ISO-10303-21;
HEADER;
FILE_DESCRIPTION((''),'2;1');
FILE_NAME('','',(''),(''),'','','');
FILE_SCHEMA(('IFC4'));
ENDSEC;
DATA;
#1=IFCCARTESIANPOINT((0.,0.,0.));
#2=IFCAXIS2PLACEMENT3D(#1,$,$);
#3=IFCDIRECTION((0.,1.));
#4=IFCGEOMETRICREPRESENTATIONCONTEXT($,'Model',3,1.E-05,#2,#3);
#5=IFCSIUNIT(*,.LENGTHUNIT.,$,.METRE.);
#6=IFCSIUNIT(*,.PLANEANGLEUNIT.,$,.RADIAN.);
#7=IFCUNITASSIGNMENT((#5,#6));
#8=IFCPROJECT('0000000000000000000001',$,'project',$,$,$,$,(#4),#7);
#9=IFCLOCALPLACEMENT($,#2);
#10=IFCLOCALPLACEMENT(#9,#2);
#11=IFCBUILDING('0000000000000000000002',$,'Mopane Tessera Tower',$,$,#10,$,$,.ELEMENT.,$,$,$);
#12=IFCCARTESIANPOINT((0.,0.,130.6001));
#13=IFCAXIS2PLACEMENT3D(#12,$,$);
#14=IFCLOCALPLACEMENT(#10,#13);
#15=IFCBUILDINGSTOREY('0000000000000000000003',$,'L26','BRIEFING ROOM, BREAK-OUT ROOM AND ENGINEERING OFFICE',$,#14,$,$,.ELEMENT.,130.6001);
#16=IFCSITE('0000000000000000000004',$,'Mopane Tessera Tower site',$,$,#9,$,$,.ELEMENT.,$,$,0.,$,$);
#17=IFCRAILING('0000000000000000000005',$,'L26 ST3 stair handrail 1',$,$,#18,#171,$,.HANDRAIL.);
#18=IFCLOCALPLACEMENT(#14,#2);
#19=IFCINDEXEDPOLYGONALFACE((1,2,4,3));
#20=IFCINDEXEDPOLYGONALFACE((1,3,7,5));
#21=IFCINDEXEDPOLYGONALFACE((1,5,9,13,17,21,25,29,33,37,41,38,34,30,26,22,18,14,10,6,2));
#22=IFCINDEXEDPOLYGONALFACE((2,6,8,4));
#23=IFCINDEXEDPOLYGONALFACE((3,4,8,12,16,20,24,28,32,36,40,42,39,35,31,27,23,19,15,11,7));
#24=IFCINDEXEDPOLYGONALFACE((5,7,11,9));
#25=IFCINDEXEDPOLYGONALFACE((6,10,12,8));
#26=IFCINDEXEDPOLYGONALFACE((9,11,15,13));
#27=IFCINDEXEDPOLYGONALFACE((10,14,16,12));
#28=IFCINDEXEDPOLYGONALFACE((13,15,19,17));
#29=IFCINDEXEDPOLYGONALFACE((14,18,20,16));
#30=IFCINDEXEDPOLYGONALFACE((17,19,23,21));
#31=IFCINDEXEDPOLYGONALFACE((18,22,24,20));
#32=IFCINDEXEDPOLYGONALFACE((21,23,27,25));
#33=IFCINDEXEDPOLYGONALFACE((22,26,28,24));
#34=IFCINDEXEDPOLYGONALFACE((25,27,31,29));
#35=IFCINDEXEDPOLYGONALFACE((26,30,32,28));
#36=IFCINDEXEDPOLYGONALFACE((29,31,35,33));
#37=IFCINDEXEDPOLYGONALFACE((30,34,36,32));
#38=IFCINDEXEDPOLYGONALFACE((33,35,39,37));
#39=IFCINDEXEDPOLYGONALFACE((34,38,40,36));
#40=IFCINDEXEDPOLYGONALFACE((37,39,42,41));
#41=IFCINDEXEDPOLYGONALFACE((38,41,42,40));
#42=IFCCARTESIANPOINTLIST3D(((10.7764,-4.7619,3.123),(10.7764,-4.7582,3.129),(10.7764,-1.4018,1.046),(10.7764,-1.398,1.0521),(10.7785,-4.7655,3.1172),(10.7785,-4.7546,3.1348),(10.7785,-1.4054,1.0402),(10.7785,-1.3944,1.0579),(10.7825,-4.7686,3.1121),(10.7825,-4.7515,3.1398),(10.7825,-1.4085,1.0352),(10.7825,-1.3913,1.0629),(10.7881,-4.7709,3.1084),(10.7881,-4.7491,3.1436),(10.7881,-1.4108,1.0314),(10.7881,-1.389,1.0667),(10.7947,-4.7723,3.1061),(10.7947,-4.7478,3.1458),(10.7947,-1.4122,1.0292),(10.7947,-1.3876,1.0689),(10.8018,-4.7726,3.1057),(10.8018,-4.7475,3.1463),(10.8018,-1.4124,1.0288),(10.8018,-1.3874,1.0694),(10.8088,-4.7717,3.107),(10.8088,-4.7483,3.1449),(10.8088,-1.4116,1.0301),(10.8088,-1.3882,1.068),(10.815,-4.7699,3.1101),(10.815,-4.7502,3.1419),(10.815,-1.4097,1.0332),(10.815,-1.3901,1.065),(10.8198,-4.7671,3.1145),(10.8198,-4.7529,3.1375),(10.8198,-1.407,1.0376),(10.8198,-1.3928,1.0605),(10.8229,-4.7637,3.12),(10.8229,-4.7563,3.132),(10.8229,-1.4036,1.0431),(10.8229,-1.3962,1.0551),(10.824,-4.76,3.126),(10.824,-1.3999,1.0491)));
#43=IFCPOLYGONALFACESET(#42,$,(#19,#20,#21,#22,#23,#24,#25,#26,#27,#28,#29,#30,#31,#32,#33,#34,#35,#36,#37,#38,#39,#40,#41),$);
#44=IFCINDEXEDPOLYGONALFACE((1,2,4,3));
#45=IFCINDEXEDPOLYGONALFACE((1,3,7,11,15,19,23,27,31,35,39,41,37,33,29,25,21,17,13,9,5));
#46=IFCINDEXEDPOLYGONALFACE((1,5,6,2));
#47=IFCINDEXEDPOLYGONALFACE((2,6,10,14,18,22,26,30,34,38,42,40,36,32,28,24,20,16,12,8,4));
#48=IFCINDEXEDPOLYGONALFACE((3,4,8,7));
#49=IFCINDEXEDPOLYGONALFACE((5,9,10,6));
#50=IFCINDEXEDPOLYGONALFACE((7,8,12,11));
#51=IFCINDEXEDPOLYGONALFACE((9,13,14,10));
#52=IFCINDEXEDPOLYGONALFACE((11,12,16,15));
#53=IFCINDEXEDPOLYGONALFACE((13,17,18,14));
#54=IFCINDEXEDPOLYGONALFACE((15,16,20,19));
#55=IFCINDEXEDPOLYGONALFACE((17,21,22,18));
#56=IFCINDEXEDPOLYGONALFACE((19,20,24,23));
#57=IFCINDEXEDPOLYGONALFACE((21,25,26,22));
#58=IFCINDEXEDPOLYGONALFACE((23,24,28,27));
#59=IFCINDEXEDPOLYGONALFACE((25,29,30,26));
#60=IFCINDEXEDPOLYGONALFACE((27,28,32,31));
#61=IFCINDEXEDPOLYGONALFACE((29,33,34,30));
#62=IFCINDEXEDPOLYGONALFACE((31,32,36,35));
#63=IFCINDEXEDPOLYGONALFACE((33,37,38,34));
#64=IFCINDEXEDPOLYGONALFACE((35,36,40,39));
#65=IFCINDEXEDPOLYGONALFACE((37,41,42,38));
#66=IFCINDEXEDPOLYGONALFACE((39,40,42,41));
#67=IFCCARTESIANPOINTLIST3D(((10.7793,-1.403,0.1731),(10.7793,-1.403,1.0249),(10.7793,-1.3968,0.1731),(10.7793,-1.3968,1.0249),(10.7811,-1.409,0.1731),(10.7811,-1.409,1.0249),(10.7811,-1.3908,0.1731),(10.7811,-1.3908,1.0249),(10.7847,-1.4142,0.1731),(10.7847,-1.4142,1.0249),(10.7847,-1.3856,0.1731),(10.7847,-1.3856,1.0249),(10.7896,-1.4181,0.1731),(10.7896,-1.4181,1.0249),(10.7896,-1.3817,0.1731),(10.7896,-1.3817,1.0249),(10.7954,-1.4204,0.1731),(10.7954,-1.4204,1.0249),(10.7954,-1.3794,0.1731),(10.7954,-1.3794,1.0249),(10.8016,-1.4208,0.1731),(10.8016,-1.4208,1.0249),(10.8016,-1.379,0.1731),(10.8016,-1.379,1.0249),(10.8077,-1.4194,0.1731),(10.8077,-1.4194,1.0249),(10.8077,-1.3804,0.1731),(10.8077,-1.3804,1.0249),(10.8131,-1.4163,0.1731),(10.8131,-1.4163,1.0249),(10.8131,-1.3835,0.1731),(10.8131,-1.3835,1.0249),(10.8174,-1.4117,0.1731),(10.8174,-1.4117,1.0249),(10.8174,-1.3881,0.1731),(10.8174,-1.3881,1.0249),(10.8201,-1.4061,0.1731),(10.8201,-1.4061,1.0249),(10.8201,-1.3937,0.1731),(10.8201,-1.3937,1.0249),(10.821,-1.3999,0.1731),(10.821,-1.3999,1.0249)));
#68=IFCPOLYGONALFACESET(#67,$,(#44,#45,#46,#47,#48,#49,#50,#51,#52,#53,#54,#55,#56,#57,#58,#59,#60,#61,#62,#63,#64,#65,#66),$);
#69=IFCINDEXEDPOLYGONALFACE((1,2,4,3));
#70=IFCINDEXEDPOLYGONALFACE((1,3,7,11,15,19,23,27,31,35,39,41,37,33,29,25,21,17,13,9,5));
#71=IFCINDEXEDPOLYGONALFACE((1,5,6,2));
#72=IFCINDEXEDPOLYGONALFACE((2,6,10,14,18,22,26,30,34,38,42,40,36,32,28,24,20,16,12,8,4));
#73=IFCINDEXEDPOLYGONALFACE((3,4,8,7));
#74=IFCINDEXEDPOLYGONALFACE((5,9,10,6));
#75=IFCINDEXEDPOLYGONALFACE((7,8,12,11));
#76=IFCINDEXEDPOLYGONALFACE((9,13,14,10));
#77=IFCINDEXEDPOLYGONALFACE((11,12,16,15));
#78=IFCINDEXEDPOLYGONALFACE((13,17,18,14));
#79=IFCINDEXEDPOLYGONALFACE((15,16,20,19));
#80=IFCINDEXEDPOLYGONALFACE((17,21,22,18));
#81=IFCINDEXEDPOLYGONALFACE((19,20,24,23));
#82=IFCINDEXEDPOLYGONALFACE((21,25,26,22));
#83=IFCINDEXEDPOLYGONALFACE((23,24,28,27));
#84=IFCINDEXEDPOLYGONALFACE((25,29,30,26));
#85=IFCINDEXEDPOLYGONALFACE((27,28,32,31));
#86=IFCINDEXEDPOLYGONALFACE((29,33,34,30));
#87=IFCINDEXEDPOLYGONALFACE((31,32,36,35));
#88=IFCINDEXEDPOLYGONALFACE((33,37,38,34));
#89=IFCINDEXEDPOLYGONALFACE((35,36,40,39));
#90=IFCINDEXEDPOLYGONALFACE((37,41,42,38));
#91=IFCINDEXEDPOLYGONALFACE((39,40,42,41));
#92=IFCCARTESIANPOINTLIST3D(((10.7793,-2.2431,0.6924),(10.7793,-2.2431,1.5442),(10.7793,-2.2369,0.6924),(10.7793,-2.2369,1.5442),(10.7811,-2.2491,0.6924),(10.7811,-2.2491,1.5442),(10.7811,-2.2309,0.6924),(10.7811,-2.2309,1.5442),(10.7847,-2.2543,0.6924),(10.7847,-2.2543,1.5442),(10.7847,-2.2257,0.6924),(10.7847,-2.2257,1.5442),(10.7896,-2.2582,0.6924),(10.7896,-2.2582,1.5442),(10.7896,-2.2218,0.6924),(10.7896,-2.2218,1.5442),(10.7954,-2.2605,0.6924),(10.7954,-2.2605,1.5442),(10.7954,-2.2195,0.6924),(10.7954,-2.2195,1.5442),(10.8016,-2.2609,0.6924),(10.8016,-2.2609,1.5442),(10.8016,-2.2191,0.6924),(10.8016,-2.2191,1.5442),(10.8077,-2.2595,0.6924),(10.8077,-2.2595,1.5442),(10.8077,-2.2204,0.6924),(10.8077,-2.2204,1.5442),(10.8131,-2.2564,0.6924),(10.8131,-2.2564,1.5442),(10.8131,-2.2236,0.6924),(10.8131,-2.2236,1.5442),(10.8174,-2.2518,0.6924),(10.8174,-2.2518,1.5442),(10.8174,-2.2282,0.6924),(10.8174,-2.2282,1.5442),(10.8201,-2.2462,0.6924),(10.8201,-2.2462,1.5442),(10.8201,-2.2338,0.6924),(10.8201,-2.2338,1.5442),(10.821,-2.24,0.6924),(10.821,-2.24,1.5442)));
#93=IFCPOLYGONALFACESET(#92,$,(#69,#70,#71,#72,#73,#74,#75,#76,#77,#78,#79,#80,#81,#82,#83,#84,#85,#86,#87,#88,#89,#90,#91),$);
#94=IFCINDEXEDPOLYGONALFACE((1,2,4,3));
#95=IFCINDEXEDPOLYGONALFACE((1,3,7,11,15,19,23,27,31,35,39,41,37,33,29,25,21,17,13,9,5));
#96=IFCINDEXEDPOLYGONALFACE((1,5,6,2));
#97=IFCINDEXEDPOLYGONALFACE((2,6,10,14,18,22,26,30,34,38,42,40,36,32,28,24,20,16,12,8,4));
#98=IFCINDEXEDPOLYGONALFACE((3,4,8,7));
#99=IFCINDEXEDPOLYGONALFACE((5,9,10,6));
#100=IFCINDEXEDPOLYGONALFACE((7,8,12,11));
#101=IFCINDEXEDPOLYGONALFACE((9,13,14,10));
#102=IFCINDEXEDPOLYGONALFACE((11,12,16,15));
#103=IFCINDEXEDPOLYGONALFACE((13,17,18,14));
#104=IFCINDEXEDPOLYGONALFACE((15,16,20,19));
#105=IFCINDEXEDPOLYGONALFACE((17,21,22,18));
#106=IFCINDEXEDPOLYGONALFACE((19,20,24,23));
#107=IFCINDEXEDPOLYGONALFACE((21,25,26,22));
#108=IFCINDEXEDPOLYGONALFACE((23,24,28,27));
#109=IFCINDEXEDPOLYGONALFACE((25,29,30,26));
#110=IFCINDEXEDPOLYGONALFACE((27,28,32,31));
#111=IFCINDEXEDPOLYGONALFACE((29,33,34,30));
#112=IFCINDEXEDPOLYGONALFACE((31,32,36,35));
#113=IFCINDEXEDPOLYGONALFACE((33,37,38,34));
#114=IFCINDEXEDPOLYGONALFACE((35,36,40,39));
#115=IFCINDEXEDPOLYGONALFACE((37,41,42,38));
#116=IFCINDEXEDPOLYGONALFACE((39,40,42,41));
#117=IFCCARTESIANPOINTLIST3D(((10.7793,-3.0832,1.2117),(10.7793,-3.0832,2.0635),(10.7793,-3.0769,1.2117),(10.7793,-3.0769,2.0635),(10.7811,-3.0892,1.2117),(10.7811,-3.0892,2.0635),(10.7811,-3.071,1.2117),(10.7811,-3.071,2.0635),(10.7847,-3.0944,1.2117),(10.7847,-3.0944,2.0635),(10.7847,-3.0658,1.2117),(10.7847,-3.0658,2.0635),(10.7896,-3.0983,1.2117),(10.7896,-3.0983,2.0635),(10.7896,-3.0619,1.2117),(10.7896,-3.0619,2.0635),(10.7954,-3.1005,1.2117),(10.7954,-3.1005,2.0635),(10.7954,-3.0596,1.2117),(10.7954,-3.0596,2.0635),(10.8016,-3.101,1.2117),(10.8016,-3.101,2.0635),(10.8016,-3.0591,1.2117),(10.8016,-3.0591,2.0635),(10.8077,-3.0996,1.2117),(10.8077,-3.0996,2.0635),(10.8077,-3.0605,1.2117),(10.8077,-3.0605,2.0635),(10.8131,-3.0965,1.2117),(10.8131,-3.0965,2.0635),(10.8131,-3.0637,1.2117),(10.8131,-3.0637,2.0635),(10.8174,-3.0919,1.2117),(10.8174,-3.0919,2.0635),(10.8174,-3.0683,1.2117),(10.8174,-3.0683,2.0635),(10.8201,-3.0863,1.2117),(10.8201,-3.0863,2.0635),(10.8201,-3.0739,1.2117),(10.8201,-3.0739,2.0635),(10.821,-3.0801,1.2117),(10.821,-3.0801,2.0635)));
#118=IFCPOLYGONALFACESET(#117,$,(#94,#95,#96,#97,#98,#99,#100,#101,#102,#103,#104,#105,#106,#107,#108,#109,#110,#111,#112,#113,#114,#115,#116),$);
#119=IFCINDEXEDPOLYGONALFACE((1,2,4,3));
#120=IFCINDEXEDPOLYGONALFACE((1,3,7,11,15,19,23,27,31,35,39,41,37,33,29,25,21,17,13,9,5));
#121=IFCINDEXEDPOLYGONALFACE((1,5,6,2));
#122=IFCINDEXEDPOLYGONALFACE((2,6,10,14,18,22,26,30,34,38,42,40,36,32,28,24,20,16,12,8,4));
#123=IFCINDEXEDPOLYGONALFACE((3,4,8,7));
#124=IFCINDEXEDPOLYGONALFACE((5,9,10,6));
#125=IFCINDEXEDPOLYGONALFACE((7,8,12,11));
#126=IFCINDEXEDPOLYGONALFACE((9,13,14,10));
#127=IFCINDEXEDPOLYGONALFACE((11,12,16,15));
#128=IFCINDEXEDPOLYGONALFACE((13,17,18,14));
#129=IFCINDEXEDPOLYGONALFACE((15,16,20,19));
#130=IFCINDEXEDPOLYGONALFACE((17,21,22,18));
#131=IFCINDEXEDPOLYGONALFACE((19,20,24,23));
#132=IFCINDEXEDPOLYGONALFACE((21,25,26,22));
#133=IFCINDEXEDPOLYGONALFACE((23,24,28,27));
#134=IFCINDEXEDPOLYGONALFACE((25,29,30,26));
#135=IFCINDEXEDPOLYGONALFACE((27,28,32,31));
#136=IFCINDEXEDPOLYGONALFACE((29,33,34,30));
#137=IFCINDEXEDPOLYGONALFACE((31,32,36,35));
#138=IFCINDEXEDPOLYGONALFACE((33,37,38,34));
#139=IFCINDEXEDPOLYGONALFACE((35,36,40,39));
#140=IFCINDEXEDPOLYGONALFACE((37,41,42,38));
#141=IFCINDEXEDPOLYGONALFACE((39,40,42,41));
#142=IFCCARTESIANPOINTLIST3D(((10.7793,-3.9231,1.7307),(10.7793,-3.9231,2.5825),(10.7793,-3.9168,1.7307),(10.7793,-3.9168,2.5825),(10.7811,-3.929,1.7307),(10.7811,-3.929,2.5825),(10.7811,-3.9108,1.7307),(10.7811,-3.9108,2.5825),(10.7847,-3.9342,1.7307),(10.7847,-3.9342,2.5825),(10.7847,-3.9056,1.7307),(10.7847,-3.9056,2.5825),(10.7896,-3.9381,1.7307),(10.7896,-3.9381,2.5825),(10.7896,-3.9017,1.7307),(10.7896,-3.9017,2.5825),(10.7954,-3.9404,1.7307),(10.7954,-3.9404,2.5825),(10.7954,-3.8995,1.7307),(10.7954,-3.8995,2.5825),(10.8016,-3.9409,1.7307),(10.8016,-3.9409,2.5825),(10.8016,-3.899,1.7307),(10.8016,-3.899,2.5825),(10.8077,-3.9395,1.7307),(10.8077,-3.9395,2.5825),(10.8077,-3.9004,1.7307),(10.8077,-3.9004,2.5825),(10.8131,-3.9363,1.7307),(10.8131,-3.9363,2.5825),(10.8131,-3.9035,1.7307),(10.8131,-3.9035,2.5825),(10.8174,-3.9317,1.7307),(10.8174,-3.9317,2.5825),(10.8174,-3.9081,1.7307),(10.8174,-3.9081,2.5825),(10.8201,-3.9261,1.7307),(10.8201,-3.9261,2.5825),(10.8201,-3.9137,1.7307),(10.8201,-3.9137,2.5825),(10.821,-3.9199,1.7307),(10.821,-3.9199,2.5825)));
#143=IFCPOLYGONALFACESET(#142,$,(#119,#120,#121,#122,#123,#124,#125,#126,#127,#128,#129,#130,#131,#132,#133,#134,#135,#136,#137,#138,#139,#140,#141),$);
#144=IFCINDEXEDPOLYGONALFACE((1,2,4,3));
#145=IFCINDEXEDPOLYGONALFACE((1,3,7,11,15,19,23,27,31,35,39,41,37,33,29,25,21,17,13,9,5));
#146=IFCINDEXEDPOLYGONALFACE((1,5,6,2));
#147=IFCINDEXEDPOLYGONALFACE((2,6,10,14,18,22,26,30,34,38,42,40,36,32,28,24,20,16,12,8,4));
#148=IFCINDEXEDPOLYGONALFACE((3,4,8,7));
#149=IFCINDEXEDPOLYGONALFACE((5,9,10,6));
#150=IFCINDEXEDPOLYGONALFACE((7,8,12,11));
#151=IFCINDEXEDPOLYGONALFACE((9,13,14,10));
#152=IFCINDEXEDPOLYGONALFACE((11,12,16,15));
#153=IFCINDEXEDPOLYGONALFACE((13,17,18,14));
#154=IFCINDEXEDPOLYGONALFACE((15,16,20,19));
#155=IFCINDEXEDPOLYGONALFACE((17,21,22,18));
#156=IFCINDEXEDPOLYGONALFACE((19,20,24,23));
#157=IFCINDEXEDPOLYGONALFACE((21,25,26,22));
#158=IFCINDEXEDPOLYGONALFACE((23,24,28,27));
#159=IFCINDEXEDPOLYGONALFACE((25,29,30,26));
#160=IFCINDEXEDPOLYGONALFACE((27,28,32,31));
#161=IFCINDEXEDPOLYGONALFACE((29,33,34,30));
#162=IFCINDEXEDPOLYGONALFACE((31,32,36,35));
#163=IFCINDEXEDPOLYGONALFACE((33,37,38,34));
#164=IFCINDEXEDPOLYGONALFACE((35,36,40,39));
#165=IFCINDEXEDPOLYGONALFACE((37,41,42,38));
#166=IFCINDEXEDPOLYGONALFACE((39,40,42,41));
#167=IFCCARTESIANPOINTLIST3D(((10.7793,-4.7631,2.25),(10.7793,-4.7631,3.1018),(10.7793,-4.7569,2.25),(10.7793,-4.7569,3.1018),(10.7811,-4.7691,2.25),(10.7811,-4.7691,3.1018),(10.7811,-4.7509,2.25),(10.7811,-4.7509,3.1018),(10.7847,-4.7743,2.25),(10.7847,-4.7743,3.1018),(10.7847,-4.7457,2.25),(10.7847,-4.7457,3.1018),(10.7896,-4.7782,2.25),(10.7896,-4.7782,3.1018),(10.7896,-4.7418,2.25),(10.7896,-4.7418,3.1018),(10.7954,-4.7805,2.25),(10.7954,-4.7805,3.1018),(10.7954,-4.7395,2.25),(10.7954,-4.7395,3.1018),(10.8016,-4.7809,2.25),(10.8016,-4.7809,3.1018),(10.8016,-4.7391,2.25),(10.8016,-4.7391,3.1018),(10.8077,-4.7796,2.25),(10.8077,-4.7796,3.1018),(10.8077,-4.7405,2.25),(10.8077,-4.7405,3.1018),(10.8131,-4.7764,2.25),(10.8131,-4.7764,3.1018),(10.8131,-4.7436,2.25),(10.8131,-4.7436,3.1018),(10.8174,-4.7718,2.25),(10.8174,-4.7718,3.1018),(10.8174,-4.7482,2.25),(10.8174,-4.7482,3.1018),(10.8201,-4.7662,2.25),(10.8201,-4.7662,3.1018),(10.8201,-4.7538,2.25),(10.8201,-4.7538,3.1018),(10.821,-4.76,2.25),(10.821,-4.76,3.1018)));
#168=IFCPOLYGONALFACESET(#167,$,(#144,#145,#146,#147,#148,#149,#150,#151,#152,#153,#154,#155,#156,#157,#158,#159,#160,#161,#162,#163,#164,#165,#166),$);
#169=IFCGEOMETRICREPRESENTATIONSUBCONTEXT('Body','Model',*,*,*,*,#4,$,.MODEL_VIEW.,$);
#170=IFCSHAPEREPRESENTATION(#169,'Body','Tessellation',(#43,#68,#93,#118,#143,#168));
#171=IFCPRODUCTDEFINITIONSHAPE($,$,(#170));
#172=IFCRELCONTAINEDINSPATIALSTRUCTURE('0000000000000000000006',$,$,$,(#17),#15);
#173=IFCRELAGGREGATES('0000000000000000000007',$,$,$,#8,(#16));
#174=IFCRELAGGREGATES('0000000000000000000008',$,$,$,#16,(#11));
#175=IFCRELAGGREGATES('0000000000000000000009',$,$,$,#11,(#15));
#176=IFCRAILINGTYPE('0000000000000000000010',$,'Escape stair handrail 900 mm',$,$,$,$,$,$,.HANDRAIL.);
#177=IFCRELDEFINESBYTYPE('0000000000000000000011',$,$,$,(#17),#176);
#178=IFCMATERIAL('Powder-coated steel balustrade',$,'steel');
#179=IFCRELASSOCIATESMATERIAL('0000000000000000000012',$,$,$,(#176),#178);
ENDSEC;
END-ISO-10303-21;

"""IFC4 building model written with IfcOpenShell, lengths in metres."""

from ifc_helpers import new_model, si_unit, direction, frame, origin, origin_2d, place, context, subcontext, project, spatial, circle, extrude, material, type_object, element, save


model = new_model("IFC4")

# Units and contexts
model_context = context("Model", 3, precision=1e-05, world=origin(), true_north=direction((0.0, 1.0)))
body_context = subcontext(model_context, "Body", "Model", "MODEL_VIEW")
ifc_project = project(units=[si_unit("LENGTHUNIT", "METRE"), si_unit("PLANEANGLEUNIT", "RADIAN")], contexts=[model_context])

# Site, building, storey
site_placement = place(None, origin())
site = spatial("IfcSite", under=ifc_project, at=site_placement, Name="Mopane Tessera Tower site", CompositionType="ELEMENT", RefElevation=0.0)
building_placement = place(site_placement, origin())
building = spatial("IfcBuilding", under=site, at=building_placement, Name="Mopane Tessera Tower", CompositionType="ELEMENT")
storey_placement = place(building_placement, frame((0.0, 0.0, 130.6001)))
storey = spatial("IfcBuildingStorey", under=building, at=storey_placement, Name="L26", Description="BRIEFING ROOM, BREAK-OUT ROOM AND ENGINEERING OFFICE", CompositionType="ELEMENT", Elevation=130.6001)

# Railing
ifc_material_1 = material(Name="Powder-coated steel balustrade", Category="steel")
railing_type_1 = type_object("IfcRailingType", Name="Escape stair handrail 900 mm", PredefinedType="HANDRAIL", material=ifc_material_1)
railing_1_placement = place(storey_placement, frame((10.8, -1.3999, 0.1731)))
element("IfcRailing", 1, at=railing_1_placement, inside=storey, type_object=railing_type_1, Name="L26 ST3 stair handrail 1", PredefinedType="HANDRAIL", context=body_context, shape_type="SweptSolid", body=[
    extrude(circle(Radius=0.0239, at=origin_2d()), frame((0.0, 0.0, 0.876), z_axis=(0.0, -0.850623, 0.525776), x_axis=(1.0, 0.0, 0.0)), (0.0, 0.0, 1.0), 3.9502),
    extrude(circle(Radius=0.021, at=origin_2d()), origin(), (0.0, 0.0, 1.0), 0.8518),
    extrude(circle(Radius=0.021, at=origin_2d()), frame((0.0, -0.8401, 0.5193)), (0.0, 0.0, 1.0), 0.8518),
    extrude(circle(Radius=0.021, at=origin_2d()), frame((0.0, -1.6802, 1.0386)), (0.0, 0.0, 1.0), 0.8518),
    extrude(circle(Radius=0.021, at=origin_2d()), frame((0.0, -2.52, 1.5576)), (0.0, 0.0, 1.0), 0.8518),
    extrude(circle(Radius=0.021, at=origin_2d()), frame((0.0, -3.3601, 2.0769)), (0.0, 0.0, 1.0), 0.8518),
])

save(model, "model.ifc")
